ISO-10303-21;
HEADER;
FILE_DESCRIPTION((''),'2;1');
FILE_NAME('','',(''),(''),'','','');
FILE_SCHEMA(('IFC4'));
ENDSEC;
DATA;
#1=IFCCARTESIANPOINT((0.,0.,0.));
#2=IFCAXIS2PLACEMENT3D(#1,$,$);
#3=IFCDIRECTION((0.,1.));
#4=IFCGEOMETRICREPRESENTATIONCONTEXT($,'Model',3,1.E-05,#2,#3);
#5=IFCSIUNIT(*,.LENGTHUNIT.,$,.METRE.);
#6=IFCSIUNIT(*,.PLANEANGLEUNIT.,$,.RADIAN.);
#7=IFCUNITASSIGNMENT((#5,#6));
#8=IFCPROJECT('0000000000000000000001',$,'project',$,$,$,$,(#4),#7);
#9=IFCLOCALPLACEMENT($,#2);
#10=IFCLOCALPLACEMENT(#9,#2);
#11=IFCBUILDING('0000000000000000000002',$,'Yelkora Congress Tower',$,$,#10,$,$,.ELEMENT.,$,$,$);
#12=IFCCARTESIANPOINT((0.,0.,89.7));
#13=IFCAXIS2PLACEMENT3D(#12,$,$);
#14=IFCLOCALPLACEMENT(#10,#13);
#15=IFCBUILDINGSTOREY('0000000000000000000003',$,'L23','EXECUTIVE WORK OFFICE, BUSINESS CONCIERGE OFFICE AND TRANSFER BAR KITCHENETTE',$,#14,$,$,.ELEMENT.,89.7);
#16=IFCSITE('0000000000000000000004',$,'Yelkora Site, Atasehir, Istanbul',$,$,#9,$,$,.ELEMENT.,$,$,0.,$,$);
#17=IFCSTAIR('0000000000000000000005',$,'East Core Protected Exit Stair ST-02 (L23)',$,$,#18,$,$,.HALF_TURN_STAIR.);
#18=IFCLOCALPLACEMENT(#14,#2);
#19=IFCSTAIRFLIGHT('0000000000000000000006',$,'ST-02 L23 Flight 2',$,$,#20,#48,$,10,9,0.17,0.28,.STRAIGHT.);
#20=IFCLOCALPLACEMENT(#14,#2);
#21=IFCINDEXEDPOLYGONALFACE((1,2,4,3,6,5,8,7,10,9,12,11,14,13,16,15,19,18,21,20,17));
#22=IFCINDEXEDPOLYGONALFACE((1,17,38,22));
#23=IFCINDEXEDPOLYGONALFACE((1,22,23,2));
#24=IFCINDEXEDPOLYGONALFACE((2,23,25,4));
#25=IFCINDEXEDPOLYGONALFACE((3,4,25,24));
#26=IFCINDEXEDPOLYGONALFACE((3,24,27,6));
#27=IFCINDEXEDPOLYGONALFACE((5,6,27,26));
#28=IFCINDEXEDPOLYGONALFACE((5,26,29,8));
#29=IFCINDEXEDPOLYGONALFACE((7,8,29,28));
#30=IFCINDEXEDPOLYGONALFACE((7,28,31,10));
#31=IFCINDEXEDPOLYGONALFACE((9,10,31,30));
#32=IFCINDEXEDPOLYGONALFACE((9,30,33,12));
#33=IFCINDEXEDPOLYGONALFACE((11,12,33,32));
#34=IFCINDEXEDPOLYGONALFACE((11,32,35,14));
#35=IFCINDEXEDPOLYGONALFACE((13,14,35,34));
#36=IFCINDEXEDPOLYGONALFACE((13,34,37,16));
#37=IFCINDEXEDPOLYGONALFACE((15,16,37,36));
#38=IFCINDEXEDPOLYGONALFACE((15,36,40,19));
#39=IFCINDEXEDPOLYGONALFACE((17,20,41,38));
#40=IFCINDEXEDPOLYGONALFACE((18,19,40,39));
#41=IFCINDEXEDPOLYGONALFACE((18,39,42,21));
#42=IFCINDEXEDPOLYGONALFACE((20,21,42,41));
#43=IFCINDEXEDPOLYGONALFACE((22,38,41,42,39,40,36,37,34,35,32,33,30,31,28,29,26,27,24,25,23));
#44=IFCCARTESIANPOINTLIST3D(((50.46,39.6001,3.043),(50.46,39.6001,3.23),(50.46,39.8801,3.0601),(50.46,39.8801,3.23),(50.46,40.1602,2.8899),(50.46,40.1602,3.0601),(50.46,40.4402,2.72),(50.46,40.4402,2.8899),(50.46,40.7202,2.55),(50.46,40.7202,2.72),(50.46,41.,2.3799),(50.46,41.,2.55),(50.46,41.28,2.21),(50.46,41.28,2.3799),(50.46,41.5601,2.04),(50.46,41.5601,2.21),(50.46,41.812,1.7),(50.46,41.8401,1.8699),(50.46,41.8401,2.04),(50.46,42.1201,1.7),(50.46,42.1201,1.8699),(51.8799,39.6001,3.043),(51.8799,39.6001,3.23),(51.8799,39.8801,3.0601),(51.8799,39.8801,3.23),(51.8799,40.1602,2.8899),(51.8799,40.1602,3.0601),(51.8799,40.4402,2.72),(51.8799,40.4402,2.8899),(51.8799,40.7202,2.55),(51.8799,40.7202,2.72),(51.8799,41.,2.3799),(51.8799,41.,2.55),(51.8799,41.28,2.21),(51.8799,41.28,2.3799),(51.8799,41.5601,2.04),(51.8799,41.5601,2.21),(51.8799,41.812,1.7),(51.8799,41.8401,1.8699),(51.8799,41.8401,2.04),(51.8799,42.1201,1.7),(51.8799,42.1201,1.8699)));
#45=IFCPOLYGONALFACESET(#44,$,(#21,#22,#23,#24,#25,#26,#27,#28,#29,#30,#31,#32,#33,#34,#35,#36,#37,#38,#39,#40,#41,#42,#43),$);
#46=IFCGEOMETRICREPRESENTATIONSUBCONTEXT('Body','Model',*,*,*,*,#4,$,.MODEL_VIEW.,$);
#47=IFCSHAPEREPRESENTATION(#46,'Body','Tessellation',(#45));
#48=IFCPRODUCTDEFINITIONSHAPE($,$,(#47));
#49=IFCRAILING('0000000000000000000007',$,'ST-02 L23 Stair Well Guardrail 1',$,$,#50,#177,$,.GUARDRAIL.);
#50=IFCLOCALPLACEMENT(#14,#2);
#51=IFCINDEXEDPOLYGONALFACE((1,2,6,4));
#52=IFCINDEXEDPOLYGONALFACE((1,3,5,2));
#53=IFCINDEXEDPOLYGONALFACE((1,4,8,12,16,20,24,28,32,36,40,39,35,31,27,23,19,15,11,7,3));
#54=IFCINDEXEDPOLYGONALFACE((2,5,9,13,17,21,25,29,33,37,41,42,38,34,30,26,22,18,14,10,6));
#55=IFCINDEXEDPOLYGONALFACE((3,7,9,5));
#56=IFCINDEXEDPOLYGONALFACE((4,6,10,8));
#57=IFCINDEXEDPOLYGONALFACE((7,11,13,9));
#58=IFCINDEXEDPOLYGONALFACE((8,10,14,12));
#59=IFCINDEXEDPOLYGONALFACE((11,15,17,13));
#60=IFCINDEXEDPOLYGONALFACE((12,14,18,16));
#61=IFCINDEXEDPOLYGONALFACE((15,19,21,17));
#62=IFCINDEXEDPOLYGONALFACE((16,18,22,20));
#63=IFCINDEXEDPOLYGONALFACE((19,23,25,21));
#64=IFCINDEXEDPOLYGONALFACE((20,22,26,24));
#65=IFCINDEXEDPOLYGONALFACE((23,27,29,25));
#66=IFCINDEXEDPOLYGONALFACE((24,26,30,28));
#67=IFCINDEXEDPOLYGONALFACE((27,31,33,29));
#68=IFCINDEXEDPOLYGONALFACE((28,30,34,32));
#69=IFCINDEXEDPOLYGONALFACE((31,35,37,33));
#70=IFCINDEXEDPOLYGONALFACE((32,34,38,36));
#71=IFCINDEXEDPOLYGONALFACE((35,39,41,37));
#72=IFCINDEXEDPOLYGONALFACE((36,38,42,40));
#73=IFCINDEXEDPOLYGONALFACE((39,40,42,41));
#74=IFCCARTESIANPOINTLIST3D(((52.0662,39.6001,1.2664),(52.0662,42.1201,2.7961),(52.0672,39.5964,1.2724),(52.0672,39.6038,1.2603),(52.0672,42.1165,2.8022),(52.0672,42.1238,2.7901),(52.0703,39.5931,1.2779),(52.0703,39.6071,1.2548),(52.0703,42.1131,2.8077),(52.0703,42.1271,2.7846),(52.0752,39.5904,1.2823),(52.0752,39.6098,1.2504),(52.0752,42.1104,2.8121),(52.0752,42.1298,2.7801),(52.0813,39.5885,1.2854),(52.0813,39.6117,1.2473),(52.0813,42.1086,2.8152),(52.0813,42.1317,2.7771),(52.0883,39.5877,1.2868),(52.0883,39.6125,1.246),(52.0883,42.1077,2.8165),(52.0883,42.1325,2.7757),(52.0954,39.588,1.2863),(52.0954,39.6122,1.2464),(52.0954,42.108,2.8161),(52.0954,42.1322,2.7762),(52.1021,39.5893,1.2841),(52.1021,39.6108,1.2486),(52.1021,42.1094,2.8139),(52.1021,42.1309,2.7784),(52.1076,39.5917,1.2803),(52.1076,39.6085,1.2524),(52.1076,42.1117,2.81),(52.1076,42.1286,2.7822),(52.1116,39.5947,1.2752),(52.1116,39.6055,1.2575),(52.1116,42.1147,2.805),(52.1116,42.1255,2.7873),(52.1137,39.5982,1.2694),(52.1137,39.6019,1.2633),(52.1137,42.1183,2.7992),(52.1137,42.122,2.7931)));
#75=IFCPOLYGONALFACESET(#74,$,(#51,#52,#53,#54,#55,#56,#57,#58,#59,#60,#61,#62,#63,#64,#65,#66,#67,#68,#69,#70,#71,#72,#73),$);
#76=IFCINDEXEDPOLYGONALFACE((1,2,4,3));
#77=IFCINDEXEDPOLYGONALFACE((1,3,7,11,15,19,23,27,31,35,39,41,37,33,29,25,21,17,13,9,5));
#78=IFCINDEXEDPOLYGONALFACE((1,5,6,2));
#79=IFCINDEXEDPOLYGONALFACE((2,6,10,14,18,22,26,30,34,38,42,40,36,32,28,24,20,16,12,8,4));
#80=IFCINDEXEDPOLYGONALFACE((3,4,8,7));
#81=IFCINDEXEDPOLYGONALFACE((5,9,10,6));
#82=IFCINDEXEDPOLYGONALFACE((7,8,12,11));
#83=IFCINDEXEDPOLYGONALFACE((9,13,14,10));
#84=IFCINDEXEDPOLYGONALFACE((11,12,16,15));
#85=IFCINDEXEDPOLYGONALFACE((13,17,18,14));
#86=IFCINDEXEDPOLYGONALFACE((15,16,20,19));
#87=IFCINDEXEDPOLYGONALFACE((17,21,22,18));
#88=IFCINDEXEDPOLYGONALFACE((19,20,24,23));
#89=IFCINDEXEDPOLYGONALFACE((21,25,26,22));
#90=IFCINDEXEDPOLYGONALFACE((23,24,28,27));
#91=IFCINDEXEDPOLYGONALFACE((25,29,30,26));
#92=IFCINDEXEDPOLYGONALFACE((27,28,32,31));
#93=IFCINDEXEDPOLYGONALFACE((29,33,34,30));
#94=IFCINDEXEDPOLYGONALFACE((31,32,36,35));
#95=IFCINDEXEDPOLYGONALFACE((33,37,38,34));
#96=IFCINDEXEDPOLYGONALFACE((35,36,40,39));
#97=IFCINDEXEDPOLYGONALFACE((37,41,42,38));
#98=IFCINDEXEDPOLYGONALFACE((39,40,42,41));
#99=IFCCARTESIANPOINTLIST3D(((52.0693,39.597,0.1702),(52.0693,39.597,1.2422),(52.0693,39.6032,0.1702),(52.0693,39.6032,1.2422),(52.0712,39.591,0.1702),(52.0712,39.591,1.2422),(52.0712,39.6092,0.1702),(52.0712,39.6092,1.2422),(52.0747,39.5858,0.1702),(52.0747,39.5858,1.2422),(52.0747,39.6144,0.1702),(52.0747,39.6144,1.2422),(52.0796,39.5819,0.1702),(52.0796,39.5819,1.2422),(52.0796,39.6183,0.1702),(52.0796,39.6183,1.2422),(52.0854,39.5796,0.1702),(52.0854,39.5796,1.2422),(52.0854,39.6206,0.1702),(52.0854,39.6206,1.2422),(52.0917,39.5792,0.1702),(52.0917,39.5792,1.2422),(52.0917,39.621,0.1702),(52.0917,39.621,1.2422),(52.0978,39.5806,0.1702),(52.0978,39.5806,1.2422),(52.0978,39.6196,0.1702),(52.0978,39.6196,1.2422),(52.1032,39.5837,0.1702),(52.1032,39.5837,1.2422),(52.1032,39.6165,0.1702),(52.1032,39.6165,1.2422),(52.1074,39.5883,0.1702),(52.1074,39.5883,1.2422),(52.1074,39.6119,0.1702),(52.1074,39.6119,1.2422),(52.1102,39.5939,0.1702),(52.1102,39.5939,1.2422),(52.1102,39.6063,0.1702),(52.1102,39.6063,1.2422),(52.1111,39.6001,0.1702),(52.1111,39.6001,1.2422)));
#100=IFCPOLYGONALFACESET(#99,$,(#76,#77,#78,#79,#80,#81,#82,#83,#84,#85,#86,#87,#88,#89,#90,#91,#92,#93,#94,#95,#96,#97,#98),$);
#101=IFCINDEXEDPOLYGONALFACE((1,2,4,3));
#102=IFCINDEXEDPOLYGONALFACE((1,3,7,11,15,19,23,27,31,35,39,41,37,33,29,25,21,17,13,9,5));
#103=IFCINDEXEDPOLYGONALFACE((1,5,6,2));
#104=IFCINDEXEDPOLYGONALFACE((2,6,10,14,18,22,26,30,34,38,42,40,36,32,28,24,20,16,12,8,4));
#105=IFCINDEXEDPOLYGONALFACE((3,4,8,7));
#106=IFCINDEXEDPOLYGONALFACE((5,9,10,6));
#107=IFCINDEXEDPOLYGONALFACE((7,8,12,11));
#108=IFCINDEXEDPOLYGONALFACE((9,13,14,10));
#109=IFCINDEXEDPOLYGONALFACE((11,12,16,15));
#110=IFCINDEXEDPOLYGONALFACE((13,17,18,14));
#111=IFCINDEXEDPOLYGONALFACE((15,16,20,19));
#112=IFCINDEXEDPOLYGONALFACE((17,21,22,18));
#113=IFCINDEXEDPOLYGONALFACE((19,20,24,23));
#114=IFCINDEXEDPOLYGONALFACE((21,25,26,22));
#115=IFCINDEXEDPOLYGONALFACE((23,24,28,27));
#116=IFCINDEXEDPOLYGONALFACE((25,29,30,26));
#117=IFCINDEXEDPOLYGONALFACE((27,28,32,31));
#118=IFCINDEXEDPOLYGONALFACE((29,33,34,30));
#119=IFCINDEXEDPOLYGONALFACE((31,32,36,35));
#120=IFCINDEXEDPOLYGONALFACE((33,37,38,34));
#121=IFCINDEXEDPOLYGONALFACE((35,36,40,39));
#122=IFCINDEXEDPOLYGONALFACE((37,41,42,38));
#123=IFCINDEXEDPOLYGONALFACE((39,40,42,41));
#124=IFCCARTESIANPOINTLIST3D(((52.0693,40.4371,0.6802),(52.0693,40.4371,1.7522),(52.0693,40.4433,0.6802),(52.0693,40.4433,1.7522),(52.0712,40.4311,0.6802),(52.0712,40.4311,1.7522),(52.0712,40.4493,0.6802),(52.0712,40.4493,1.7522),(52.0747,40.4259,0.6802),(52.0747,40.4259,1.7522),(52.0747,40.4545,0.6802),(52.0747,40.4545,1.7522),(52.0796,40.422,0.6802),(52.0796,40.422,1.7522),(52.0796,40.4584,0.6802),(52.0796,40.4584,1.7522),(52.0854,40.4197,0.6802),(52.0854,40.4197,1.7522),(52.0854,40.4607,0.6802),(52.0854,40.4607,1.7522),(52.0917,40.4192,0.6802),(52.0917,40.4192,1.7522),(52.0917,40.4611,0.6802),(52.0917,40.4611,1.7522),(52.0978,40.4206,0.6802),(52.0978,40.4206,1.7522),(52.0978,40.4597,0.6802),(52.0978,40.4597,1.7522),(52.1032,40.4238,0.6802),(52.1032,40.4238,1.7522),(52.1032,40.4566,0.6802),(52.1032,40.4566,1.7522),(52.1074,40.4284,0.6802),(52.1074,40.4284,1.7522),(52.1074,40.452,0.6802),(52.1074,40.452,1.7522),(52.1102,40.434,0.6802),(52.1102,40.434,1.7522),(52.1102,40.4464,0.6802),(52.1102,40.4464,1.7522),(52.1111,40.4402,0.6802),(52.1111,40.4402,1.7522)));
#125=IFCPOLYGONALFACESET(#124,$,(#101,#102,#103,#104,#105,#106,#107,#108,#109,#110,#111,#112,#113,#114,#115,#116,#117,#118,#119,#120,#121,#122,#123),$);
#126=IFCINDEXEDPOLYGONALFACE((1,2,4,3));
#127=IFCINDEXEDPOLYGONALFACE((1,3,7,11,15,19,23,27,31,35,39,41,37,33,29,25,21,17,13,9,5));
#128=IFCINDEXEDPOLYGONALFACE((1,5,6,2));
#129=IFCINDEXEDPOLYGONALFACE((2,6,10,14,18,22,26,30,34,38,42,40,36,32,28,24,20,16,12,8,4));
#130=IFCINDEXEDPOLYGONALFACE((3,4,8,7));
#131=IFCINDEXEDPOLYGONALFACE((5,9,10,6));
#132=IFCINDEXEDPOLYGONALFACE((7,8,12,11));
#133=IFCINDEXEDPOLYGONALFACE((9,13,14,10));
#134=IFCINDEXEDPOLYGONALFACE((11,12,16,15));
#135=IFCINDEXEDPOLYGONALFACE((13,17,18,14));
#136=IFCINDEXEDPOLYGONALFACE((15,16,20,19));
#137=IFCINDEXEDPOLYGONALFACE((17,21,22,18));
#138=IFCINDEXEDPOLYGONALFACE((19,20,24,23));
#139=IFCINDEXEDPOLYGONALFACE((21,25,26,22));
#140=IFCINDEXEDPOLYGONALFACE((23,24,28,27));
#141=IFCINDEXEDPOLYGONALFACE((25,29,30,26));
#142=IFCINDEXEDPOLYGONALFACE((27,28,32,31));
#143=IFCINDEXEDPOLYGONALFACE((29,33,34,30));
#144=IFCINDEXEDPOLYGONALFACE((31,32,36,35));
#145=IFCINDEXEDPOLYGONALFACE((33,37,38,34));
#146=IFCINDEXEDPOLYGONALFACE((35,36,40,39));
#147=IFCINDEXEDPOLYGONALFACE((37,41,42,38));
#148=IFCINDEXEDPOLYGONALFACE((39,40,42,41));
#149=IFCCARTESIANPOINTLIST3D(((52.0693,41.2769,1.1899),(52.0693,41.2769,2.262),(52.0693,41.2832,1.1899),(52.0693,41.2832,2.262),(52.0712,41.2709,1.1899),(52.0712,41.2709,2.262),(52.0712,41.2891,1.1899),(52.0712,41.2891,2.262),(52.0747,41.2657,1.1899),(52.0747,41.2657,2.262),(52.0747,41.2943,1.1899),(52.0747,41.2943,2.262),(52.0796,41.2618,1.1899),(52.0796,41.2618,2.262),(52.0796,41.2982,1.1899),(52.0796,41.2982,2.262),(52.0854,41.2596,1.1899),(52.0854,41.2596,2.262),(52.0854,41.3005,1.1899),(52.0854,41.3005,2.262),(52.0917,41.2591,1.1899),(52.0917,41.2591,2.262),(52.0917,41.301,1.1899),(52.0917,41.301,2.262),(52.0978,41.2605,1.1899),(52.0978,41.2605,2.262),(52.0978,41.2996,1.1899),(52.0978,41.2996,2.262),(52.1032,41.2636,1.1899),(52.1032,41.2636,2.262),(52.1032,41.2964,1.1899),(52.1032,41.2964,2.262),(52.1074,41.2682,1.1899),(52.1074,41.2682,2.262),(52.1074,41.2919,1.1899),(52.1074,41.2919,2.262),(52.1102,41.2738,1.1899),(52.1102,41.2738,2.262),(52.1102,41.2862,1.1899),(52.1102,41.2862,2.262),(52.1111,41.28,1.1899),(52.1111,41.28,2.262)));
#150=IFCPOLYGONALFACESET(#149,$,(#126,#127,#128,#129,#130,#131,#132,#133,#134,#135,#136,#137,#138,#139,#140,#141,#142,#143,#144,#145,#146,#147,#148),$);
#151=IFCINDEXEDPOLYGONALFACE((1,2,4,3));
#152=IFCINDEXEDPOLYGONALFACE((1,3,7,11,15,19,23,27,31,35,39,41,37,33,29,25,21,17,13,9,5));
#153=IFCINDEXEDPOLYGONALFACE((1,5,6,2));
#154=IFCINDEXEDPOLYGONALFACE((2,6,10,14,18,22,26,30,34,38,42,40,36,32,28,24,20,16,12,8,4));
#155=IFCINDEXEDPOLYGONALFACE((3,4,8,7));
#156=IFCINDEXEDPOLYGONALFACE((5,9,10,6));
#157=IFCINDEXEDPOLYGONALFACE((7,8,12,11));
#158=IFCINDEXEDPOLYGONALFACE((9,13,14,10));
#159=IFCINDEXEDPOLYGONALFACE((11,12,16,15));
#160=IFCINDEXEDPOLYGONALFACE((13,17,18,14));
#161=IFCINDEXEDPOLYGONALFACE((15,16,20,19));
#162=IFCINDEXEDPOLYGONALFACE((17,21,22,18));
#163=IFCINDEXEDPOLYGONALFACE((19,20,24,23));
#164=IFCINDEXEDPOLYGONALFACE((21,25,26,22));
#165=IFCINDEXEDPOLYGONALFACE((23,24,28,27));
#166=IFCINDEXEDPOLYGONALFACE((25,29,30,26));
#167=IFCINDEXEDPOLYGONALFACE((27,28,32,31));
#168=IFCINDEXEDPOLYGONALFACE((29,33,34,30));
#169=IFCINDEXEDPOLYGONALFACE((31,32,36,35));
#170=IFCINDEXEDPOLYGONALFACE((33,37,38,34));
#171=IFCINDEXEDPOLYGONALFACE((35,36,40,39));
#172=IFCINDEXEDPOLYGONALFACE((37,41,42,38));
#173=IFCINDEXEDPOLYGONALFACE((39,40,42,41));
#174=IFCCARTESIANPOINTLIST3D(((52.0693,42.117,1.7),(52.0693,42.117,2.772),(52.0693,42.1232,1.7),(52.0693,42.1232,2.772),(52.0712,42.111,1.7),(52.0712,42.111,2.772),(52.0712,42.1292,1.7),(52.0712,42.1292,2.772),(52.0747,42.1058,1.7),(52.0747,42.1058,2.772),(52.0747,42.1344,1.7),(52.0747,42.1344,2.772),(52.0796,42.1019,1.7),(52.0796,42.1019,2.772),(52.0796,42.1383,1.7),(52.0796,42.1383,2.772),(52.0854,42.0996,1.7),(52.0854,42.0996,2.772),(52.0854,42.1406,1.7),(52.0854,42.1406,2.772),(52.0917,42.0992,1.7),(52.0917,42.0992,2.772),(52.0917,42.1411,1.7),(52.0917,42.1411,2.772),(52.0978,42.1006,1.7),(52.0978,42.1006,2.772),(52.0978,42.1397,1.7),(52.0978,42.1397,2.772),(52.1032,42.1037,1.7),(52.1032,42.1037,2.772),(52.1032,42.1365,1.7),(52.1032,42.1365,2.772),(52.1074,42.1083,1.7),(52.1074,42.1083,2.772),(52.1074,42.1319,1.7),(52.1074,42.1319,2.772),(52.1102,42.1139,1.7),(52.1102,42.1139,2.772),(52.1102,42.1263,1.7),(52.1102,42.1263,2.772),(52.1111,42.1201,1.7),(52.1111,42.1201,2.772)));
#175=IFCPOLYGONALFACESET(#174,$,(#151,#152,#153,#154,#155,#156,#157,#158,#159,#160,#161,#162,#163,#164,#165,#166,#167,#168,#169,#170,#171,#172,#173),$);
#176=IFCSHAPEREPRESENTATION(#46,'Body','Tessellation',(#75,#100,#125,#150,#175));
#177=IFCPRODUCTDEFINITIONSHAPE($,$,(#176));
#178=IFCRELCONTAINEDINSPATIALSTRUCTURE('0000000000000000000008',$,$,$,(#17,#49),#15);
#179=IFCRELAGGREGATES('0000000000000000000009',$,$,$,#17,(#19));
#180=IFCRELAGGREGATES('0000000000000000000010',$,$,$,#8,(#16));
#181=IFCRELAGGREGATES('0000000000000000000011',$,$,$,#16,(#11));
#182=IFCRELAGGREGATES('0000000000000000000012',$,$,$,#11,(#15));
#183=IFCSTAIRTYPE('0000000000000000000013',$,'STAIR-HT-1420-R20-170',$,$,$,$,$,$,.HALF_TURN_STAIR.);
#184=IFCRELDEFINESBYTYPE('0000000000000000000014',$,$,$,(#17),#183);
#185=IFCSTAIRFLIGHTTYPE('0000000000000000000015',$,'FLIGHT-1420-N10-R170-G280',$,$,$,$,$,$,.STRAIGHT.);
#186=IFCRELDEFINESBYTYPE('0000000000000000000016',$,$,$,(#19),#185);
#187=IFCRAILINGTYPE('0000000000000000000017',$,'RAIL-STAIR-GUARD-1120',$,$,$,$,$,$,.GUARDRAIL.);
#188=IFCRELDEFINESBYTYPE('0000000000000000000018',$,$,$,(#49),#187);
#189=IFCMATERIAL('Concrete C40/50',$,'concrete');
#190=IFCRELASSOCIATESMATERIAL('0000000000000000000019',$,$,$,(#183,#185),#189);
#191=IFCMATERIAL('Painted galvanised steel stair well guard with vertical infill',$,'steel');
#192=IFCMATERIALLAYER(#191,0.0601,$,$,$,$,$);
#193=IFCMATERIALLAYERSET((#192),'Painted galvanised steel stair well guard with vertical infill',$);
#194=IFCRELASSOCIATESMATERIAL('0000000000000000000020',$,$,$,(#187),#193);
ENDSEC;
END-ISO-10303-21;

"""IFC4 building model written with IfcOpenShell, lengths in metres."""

from ifc_helpers import new_model, si_unit, direction, frame, origin, origin_2d, place, context, subcontext, project, spatial, polyline, circle, outline, extrude, material, layer, layer_set, type_object, element, aggregate, save


model = new_model("IFC4")

# Units and contexts
model_context = context("Model", 3, precision=1e-05, world=origin(), true_north=direction((0.0, 1.0)))
body_context = subcontext(model_context, "Body", "Model", "MODEL_VIEW")
ifc_project = project(units=[si_unit("LENGTHUNIT", "METRE"), si_unit("PLANEANGLEUNIT", "RADIAN")], contexts=[model_context])

# Site, building, storey
site_placement = place(None, origin())
site = spatial("IfcSite", under=ifc_project, at=site_placement, Name="Yelkora Site, Atasehir, Istanbul", CompositionType="ELEMENT", RefElevation=0.0)
building_placement = place(site_placement, origin())
building = spatial("IfcBuilding", under=site, at=building_placement, Name="Yelkora Congress Tower", CompositionType="ELEMENT")
storey_placement = place(building_placement, frame((0.0, 0.0, 89.7)))
storey = spatial("IfcBuildingStorey", under=building, at=storey_placement, Name="L23", Description="EXECUTIVE WORK OFFICE, BUSINESS CONCIERGE OFFICE AND TRANSFER BAR KITCHENETTE", CompositionType="ELEMENT", Elevation=89.7)

# Stair, stair flight
ifc_material_1 = material(Name="Concrete C40/50", Category="concrete")
stair_type = type_object("IfcStairType", Name="STAIR-HT-1420-R20-170", PredefinedType="HALF_TURN_STAIR", material=ifc_material_1)
stair_placement = place(storey_placement, origin())
stair = element("IfcStair", 1, at=stair_placement, inside=storey, type_object=stair_type, Name="East Core Protected Exit Stair ST-02 (L23)", PredefinedType="HALF_TURN_STAIR")
stair_flight_type = type_object("IfcStairFlightType", Name="FLIGHT-1420-N10-R170-G280", PredefinedType="STRAIGHT", material=ifc_material_1)
stair_flight_1_placement = place(storey_placement, frame((51.1699, 42.1201, 1.7), z_axis=(0.0, 0.0, 1.0), x_axis=(0.0, -1.0, 0.0)))
stair_flight_1 = element("IfcStairFlight", 2, at=stair_flight_1_placement, type_object=stair_flight_type, Name="ST-02 L23 Flight 2", NumberOfRisers=10, NumberOfTreads=9, PredefinedType="STRAIGHT", RiserHeight=0.17, TreadLength=0.28, context=body_context, shape_type="SweptSolid", body=[
    extrude(outline(polyline([(0.0, 0.0), (0.0, 0.1699), (0.28, 0.1699), (0.28, 0.3401), (0.5601, 0.3401), (0.5601, 0.51), (0.8401, 0.51), (0.8401, 0.6799), (1.1201, 0.6799), (1.1201, 0.8501), (1.3999, 0.8501), (1.3999, 1.02), (1.6799, 1.02), (1.6799, 1.1899), (1.96, 1.1899), (1.96, 1.3601), (2.24, 1.3601), (2.24, 1.53), (2.52, 1.53), (2.52, 1.7), (2.52, 1.343), (0.3081, 0.0), (0.0, 0.0)])), frame((0.0, 0.71, 0.0), z_axis=(0.0, -1.0, 0.0), x_axis=(1.0, 0.0, 0.0)), (0.0, 0.0, 1.0), 1.4199),
])
aggregate(stair, [stair_flight_1])

# Railing
ifc_material_2 = material(Name="Painted galvanised steel stair well guard with vertical infill", Category="steel")
ifc_layer_1 = layer(ifc_material_2, 0.0601)
ifc_layer_set_1 = layer_set([ifc_layer_1], Name="Painted galvanised steel stair well guard with vertical infill")
railing_type_1 = type_object("IfcRailingType", Name="RAIL-STAIR-GUARD-1120", PredefinedType="GUARDRAIL", material=ifc_layer_set_1)
railing_1_placement = place(storey_placement, frame((52.0901, 39.6001, 0.1702)))
element("IfcRailing", 3, at=railing_1_placement, inside=storey, type_object=railing_type_1, Name="ST-02 L23 Stair Well Guardrail 1", PredefinedType="GUARDRAIL", context=body_context, shape_type="SweptSolid", body=[
    extrude(circle(Radius=0.0239, at=origin_2d()), frame((0.0, 0.0, 1.0962), z_axis=(0.0, 0.854822, 0.518922), x_axis=(-1.0, 0.0, 0.0)), (0.0, 0.0, 1.0), 2.948),
    extrude(circle(Radius=0.021, at=origin_2d()), origin(), (0.0, 0.0, 1.0), 1.072),
    extrude(circle(Radius=0.021, at=origin_2d()), frame((0.0, 0.8401, 0.51)), (0.0, 0.0, 1.0), 1.072),
    extrude(circle(Radius=0.021, at=origin_2d()), frame((0.0, 1.6799, 1.0198)), (0.0, 0.0, 1.0), 1.072),
    extrude(circle(Radius=0.021, at=origin_2d()), frame((0.0, 2.52, 1.5298)), (0.0, 0.0, 1.0), 1.072),
])

save(model, "model.ifc")
